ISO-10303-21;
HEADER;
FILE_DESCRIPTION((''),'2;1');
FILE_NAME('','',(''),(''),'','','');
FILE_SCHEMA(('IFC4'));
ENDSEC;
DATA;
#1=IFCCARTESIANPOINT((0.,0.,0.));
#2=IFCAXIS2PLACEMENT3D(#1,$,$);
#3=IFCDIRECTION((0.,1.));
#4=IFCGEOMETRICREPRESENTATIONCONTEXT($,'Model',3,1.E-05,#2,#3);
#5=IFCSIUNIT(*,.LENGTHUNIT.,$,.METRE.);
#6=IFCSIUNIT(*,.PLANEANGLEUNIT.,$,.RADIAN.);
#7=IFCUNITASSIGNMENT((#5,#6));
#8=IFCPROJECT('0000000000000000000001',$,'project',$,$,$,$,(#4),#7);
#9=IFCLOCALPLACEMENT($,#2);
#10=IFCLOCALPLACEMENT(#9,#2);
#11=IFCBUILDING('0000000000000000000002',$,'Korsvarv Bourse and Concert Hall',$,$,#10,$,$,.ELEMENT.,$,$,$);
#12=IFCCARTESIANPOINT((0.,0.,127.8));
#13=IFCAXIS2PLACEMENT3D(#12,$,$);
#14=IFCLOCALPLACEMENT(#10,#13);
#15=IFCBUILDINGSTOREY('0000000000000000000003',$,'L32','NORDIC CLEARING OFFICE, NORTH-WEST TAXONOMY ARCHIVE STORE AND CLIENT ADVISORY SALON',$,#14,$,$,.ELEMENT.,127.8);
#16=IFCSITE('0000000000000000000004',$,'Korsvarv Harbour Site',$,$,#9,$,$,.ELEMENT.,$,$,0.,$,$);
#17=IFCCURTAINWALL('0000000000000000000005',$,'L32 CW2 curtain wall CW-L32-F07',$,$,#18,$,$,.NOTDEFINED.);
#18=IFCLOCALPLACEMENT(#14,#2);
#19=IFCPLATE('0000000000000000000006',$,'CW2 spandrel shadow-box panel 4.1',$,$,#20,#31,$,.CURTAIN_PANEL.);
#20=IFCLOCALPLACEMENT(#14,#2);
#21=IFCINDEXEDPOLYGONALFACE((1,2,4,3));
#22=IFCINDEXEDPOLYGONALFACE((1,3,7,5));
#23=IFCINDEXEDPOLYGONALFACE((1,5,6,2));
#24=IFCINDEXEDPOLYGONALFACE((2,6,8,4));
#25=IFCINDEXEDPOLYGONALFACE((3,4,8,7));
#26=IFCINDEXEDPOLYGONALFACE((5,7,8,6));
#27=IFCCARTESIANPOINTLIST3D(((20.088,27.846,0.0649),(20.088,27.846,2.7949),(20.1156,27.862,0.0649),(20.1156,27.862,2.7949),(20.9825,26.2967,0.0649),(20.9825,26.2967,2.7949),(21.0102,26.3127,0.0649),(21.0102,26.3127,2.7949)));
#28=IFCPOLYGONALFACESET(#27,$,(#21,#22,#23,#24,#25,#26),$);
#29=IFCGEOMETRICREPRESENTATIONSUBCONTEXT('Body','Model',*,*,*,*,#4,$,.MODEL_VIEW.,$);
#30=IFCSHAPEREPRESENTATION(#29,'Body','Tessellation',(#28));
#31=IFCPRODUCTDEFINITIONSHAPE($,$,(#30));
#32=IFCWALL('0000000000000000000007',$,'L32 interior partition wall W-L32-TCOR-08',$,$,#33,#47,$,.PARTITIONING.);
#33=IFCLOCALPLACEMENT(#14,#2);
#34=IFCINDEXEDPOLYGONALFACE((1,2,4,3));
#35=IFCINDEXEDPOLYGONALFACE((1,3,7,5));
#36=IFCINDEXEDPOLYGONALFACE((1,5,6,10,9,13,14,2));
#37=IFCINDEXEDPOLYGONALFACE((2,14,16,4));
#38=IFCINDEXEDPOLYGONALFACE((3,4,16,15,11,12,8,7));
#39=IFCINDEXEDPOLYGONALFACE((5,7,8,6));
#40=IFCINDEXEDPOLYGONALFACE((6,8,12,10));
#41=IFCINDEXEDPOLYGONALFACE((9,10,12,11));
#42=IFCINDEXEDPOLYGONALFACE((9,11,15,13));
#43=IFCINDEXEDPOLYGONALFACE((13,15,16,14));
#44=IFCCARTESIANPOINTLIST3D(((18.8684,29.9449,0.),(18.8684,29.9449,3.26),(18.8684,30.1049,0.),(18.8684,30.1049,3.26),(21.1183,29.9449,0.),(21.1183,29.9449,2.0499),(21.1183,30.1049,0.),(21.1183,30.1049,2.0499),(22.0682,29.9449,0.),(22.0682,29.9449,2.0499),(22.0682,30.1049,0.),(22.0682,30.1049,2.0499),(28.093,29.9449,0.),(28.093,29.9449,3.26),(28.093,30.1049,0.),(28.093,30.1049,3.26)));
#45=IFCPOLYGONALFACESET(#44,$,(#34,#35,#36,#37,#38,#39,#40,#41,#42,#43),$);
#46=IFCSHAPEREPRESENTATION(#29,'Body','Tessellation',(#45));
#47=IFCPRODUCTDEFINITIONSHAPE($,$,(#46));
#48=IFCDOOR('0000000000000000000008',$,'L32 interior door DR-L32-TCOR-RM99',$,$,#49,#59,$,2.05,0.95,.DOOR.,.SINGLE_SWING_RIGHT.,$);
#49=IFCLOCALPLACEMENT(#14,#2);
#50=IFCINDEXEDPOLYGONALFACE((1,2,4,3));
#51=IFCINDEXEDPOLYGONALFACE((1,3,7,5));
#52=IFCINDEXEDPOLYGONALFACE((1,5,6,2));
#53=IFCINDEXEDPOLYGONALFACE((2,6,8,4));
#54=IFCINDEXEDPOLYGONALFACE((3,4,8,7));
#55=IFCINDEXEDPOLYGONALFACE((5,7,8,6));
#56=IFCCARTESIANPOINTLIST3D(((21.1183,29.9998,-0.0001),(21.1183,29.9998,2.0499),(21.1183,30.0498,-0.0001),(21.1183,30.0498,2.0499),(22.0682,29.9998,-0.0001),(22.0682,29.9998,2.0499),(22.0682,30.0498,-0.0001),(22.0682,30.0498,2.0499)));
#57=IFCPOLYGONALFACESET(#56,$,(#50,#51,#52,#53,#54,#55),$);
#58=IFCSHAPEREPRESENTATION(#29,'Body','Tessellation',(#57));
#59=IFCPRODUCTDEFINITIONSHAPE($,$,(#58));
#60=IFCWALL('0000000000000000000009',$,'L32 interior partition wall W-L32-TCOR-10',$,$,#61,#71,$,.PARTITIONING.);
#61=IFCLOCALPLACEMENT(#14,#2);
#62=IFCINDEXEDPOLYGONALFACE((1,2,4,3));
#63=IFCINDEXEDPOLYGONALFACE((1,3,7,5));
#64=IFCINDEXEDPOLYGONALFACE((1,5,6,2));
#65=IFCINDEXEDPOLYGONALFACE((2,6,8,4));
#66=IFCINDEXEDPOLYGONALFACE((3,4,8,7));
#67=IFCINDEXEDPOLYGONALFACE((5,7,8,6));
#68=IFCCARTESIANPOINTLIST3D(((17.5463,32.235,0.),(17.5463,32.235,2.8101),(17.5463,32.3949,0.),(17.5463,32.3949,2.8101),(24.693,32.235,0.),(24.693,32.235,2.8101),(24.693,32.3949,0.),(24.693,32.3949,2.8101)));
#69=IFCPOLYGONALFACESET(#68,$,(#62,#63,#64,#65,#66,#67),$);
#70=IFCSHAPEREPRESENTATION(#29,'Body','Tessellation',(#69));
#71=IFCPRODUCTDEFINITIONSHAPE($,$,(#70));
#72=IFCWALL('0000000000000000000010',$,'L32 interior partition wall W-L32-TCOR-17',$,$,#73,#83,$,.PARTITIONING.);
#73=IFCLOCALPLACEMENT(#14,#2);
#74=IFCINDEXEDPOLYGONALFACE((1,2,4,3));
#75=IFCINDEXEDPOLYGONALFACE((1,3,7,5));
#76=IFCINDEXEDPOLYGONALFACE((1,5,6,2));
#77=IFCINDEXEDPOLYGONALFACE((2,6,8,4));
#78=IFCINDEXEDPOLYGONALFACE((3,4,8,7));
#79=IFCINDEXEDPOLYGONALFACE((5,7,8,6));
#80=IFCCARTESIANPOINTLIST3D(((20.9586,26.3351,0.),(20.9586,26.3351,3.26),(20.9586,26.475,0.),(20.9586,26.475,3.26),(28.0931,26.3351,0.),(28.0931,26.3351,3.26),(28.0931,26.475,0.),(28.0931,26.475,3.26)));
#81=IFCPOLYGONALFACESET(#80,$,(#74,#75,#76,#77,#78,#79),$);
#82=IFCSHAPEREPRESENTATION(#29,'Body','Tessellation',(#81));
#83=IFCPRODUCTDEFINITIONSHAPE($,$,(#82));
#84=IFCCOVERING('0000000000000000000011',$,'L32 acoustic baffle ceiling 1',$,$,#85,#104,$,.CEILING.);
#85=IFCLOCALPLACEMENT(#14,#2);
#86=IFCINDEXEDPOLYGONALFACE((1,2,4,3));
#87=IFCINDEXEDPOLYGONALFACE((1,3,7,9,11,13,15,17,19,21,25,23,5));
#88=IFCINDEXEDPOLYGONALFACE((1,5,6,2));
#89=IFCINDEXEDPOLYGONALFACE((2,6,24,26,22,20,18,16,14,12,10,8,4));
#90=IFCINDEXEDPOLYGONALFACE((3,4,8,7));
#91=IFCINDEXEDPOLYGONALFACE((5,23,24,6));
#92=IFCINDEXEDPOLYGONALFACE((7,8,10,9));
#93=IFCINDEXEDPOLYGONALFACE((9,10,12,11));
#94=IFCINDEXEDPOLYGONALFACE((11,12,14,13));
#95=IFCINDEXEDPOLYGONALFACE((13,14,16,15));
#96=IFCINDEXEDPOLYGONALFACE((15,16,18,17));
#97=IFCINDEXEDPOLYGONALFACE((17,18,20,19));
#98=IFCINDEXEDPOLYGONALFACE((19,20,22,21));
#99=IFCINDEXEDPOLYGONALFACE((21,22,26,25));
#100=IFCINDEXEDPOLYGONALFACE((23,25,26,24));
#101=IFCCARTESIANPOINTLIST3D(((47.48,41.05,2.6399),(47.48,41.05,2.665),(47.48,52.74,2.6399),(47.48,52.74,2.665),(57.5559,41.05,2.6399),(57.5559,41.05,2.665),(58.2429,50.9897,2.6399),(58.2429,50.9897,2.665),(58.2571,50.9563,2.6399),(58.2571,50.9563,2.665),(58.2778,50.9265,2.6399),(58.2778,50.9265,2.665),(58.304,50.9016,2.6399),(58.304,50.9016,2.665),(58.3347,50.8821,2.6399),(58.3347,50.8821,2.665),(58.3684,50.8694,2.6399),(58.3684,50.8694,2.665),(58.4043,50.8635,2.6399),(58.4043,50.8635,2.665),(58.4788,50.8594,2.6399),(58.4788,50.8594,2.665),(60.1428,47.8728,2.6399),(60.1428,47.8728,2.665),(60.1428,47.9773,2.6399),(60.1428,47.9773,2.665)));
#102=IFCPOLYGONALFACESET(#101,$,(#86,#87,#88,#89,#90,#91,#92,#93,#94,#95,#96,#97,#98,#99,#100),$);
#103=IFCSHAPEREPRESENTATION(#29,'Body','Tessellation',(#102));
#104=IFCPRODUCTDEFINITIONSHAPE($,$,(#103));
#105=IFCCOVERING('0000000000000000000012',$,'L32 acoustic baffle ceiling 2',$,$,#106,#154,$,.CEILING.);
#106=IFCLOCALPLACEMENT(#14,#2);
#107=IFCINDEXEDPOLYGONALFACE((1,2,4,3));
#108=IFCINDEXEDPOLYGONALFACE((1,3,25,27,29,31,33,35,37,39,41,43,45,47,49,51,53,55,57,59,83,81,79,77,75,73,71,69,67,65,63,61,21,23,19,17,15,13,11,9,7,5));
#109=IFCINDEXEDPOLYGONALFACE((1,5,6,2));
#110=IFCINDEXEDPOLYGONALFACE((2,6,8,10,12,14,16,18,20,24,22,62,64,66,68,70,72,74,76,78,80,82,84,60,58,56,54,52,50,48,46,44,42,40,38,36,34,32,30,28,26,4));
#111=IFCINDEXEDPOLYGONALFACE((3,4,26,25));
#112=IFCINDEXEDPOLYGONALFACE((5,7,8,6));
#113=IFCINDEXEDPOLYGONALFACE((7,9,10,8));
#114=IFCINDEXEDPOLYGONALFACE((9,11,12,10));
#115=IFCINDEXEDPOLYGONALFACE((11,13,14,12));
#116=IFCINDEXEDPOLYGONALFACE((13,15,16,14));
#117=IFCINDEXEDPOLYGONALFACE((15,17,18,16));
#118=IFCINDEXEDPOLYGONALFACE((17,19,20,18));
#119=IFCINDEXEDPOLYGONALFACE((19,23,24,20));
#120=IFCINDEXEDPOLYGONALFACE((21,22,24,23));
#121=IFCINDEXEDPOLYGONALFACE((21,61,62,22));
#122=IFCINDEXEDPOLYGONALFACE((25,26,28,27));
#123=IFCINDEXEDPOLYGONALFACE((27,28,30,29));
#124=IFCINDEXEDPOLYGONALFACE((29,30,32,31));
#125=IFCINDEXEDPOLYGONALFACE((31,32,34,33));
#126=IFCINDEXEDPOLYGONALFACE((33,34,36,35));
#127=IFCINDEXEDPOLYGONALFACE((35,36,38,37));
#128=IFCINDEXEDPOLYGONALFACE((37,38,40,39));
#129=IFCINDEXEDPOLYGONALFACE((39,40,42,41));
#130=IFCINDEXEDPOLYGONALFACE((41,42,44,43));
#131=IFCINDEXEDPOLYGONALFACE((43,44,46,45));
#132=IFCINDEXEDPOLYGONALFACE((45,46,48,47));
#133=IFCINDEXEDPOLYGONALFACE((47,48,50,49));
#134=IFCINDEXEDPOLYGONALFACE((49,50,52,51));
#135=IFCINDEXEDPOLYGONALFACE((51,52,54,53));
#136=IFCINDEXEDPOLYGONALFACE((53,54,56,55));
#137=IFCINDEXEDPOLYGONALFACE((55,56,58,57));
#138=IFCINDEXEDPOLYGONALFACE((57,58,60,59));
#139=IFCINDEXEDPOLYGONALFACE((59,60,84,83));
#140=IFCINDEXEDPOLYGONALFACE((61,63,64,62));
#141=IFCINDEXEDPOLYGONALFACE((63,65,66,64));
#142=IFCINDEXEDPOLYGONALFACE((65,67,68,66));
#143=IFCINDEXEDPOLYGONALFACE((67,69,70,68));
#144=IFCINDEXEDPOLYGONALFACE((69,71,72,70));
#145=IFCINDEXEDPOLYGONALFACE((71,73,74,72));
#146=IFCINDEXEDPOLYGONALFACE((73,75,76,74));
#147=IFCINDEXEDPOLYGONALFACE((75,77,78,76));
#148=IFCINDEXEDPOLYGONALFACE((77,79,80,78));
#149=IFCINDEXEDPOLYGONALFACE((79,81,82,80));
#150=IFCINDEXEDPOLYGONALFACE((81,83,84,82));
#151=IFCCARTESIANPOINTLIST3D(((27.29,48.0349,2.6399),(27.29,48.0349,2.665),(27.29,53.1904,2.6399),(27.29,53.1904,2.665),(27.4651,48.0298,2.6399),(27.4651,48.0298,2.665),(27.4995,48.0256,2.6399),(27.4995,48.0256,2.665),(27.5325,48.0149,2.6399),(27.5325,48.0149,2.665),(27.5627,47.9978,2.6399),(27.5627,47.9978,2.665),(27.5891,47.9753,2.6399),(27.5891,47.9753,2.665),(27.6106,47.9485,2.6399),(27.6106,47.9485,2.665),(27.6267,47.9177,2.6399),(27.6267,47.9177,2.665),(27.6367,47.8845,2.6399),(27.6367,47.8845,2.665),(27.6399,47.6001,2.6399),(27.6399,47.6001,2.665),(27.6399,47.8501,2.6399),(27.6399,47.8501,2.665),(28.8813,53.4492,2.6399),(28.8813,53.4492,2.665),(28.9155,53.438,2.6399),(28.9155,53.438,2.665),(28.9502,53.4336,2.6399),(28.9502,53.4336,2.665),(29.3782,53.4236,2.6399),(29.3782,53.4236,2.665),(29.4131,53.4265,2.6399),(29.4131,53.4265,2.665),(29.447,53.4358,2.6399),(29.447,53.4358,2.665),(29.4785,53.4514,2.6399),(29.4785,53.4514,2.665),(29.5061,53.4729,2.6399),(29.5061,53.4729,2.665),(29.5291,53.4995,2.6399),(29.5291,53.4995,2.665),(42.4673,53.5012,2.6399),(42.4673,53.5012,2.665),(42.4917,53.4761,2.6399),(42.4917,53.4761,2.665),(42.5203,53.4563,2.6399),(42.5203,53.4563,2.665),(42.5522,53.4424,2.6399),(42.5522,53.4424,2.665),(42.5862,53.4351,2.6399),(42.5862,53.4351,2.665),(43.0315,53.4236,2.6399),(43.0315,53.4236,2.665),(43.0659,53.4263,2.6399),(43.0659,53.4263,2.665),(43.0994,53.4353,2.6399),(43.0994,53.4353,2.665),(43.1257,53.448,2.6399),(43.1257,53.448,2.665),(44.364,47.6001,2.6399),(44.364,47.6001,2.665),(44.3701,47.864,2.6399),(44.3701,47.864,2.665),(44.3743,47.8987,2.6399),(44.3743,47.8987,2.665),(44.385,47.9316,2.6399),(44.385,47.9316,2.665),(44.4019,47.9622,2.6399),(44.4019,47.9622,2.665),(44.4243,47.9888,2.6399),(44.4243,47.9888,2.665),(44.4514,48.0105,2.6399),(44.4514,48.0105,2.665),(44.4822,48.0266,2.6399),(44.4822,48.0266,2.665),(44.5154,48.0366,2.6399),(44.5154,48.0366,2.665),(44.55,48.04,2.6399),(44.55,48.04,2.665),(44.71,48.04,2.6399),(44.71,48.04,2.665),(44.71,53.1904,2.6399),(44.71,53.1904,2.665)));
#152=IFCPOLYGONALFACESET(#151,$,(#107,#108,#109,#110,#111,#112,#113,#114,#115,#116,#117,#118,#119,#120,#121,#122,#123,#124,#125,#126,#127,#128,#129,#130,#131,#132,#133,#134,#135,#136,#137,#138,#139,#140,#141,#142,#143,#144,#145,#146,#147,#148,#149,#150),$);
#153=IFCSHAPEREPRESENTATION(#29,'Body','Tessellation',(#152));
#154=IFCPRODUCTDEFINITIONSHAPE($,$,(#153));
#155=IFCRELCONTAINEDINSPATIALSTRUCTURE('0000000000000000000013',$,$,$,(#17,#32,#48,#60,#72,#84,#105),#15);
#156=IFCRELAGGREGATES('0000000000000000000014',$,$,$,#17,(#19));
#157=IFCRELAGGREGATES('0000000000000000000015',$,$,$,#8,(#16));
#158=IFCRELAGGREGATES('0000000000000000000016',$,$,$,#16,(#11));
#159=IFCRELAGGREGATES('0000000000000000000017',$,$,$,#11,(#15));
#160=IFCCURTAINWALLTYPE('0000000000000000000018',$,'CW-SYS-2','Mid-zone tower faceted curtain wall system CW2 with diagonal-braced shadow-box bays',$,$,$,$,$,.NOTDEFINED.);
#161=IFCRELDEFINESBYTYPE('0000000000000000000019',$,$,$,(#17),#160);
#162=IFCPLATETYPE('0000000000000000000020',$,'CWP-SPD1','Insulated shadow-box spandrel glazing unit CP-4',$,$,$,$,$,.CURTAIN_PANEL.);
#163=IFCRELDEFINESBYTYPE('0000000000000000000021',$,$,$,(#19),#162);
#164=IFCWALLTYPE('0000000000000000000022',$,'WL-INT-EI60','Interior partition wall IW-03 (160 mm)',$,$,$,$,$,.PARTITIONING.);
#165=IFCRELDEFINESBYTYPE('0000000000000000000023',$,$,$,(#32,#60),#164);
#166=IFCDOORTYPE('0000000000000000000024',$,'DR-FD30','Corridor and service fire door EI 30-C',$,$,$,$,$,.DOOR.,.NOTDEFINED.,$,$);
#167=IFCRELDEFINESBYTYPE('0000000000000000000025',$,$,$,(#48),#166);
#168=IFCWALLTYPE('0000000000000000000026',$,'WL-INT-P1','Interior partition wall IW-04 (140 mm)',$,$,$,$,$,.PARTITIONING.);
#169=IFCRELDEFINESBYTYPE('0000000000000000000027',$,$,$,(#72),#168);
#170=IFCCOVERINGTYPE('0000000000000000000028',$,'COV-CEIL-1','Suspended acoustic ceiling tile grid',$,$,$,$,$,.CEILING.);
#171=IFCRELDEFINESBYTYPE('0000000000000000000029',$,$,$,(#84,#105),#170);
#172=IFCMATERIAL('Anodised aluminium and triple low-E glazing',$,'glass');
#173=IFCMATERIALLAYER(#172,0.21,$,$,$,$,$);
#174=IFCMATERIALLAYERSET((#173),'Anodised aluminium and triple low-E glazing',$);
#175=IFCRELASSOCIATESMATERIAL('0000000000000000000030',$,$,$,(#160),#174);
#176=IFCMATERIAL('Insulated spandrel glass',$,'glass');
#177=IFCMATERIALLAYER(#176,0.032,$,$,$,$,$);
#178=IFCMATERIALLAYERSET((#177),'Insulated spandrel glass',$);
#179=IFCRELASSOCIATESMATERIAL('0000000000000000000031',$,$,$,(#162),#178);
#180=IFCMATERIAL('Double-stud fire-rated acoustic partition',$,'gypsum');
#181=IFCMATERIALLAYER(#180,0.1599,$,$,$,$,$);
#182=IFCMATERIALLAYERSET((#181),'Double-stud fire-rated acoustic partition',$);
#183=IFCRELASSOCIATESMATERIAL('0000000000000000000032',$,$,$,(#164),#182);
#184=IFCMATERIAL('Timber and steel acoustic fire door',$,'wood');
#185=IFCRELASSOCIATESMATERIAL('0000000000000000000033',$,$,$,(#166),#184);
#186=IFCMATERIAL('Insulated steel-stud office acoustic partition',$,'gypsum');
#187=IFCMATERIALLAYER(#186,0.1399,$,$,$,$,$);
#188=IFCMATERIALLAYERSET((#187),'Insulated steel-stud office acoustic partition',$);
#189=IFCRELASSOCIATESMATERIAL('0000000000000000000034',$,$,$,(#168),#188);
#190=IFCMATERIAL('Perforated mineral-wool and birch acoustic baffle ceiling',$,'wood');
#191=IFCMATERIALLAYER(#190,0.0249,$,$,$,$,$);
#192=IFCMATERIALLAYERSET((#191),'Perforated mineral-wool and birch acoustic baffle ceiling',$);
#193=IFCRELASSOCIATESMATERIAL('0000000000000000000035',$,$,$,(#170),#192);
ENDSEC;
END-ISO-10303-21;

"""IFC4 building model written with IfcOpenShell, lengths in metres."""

from ifc_helpers import new_model, si_unit, direction, frame, frame_2d, origin, origin_2d, place, context, subcontext, project, spatial, polyline, rectangle, outline, extrude, source, transform, mapped, material, layer, layer_set, type_object, element, fill, aggregate, save


model = new_model("IFC4")

# Units and contexts
model_context = context("Model", 3, precision=1e-05, world=origin(), true_north=direction((0.0, 1.0)))
body_context = subcontext(model_context, "Body", "Model", "MODEL_VIEW")
ifc_project = project(units=[si_unit("LENGTHUNIT", "METRE"), si_unit("PLANEANGLEUNIT", "RADIAN")], contexts=[model_context])

# Site, building, storey
site_placement = place(None, origin())
site = spatial("IfcSite", under=ifc_project, at=site_placement, Name="Korsvarv Harbour Site", CompositionType="ELEMENT", RefElevation=0.0)
building_placement = place(site_placement, origin())
building = spatial("IfcBuilding", under=site, at=building_placement, Name="Korsvarv Bourse and Concert Hall", CompositionType="ELEMENT")
storey_placement = place(building_placement, frame((0.0, 0.0, 127.8)))
storey = spatial("IfcBuildingStorey", under=building, at=storey_placement, Name="L32", Description="NORDIC CLEARING OFFICE, NORTH-WEST TAXONOMY ARCHIVE STORE AND CLIENT ADVISORY SALON", CompositionType="ELEMENT", Elevation=127.8)

# Curtain wall
ifc_material_1 = material(Name="Anodised aluminium and triple low-E glazing", Category="glass")
ifc_layer_1 = layer(ifc_material_1, 0.21)
ifc_layer_set_1 = layer_set([ifc_layer_1], Name="Anodised aluminium and triple low-E glazing")
curtain_wall_type = type_object("IfcCurtainWallType", Name="CW-SYS-2", Description="Mid-zone tower faceted curtain wall system CW2 with diagonal-braced shadow-box bays", PredefinedType="NOTDEFINED", material=ifc_layer_set_1)
curtain_wall_placement = place(storey_placement, origin())
curtain_wall = element("IfcCurtainWall", 1, at=curtain_wall_placement, inside=storey, type_object=curtain_wall_type, Name="L32 CW2 curtain wall CW-L32-F07", PredefinedType="NOTDEFINED")

# Plate
ifc_material_2 = material(Name="Insulated spandrel glass", Category="glass")
ifc_layer_2 = layer(ifc_material_2, 0.032)
ifc_layer_set_2 = layer_set([ifc_layer_2], Name="Insulated spandrel glass")
plate_type_1 = type_object("IfcPlateType", Name="CWP-SPD1", Description="Insulated shadow-box spandrel glazing unit CP-4", PredefinedType="CURTAIN_PANEL", material=ifc_layer_set_2)
shared_shape_1 = source(origin(), body_context, "Body", "SweptSolid", [
    extrude(rectangle(XDim=1.7891, YDim=0.032, at=origin_2d()), origin(), (0.0, 0.0, 1.0), 2.73),
])
plate_1_placement = place(storey_placement, frame((20.5491, 27.0793, 0.0649), z_axis=(0.0, 0.0, 1.0), x_axis=(0.500007, -0.866021, 0.0)))
plate_1 = element("IfcPlate", 2, at=plate_1_placement, type_object=plate_type_1, Name="CW2 spandrel shadow-box panel 4.1", PredefinedType="CURTAIN_PANEL", context=body_context, shape_type="MappedRepresentation", body=[
    mapped(shared_shape_1, transform((0.0, 0.0, 0.0), scale=1.0)),
])
aggregate(curtain_wall, [plate_1])

# Wall, opening, door
ifc_material_3 = material(Name="Double-stud fire-rated acoustic partition", Category="gypsum")
ifc_layer_3 = layer(ifc_material_3, 0.1599)
ifc_layer_set_3 = layer_set([ifc_layer_3], Name="Double-stud fire-rated acoustic partition")
wall_type_1 = type_object("IfcWallType", Name="WL-INT-EI60", Description="Interior partition wall IW-03 (160 mm)", PredefinedType="PARTITIONING", material=ifc_layer_set_3)
wall_1_placement = place(storey_placement, frame((18.8684, 30.0249, 0.0), z_axis=(0.0, 0.0, 1.0), x_axis=(1.0, 0.0, 0.0)))
wall_1 = element("IfcWall", 3, at=wall_1_placement, inside=storey, type_object=wall_type_1, Name="L32 interior partition wall W-L32-TCOR-08", PredefinedType="PARTITIONING", context=body_context, shape_type="SweptSolid", body=[
    extrude(rectangle(XDim=9.2246, YDim=0.1599, at=frame_2d((4.6123, 0.0))), origin(), (0.0, 0.0, 1.0), 3.26),
])
opening_placement = place(wall_1_placement, frame((2.2498, 0.0, 0.0)))
opening = element("IfcOpeningElement", 4, at=opening_placement, cuts=wall_1, PredefinedType="OPENING", context=body_context, shape_type="SweptSolid", body=[
    extrude(rectangle(XDim=0.95, YDim=2.05, at=frame_2d((0.4751, 1.0249))), frame((0.0, 0.0898, 0.0), z_axis=(0.0, -1.0, 0.0), x_axis=(1.0, 0.0, 0.0)), (0.0, 0.0, 1.0), 0.1799),
])
ifc_material_4 = material(Name="Timber and steel acoustic fire door", Category="wood")
door_type = type_object("IfcDoorType", Name="DR-FD30", Description="Corridor and service fire door EI 30-C", OperationType="NOTDEFINED", PredefinedType="DOOR", material=ifc_material_4)
door_placement = place(opening_placement, origin())
door = element("IfcDoor", 5, at=door_placement, inside=storey, type_object=door_type, Name="L32 interior door DR-L32-TCOR-RM99", OperationType="SINGLE_SWING_RIGHT", OverallHeight=2.05, OverallWidth=0.95, PredefinedType="DOOR", context=body_context, shape_type="SweptSolid", body=[
    extrude(rectangle(XDim=0.95, YDim=2.05, at=frame_2d((0.4751, 1.0249))), frame((0.0, 0.0249, 0.0), z_axis=(0.0, -1.0, 0.0), x_axis=(1.0, 0.0, 0.0)), (0.0, 0.0, 1.0), 0.05),
])
fill(opening, door)

# Walls
wall_2_placement = place(storey_placement, frame((17.5464, 32.3149, 0.0), z_axis=(0.0, 0.0, 1.0), x_axis=(1.0, 0.0, 0.0)))
element("IfcWall", 6, at=wall_2_placement, inside=storey, type_object=wall_type_1, Name="L32 interior partition wall W-L32-TCOR-10", PredefinedType="PARTITIONING", context=body_context, shape_type="SweptSolid", body=[
    extrude(rectangle(XDim=7.1467, YDim=0.1599, at=frame_2d((3.5732, 0.0))), origin(), (0.0, 0.0, 1.0), 2.8101),
])
ifc_material_5 = material(Name="Insulated steel-stud office acoustic partition", Category="gypsum")
ifc_layer_4 = layer(ifc_material_5, 0.1399)
ifc_layer_set_4 = layer_set([ifc_layer_4], Name="Insulated steel-stud office acoustic partition")
wall_type_2 = type_object("IfcWallType", Name="WL-INT-P1", Description="Interior partition wall IW-04 (140 mm)", PredefinedType="PARTITIONING", material=ifc_layer_set_4)
wall_3_placement = place(storey_placement, frame((20.9585, 26.405, 0.0), z_axis=(0.0, 0.0, 1.0), x_axis=(1.0, 0.0, 0.0)))
element("IfcWall", 7, at=wall_3_placement, inside=storey, type_object=wall_type_2, Name="L32 interior partition wall W-L32-TCOR-17", PredefinedType="PARTITIONING", context=body_context, shape_type="SweptSolid", body=[
    extrude(rectangle(XDim=7.1345, YDim=0.1399, at=frame_2d((3.5674, 0.0))), origin(), (0.0, 0.0, 1.0), 3.26),
])

# Coverings
ifc_material_6 = material(Name="Perforated mineral-wool and birch acoustic baffle ceiling", Category="wood")
ifc_layer_5 = layer(ifc_material_6, 0.0249)
ifc_layer_set_5 = layer_set([ifc_layer_5], Name="Perforated mineral-wool and birch acoustic baffle ceiling")
covering_type_1 = type_object("IfcCoveringType", Name="COV-CEIL-1", Description="Suspended acoustic ceiling tile grid", PredefinedType="CEILING", material=ifc_layer_set_5)
covering_1_placement = place(storey_placement, frame((0.0, 0.0, 2.6399)))
element("IfcCovering", 8, at=covering_1_placement, inside=storey, type_object=covering_type_1, Name="L32 acoustic baffle ceiling 1", PredefinedType="CEILING", context=body_context, shape_type="SweptSolid", body=[
    extrude(outline(polyline([(58.2429, 50.9897), (58.2571, 50.9563), (58.2778, 50.9265), (58.304, 50.9016), (58.3347, 50.8821), (58.3684, 50.8694), (58.4043, 50.8635), (58.4788, 50.8594), (60.1428, 47.9773), (60.1428, 47.8728), (57.5559, 41.05), (47.48, 41.05), (47.48, 52.74), (58.2429, 50.9897)])), origin(), (0.0, 0.0, 1.0), 0.0251),
])
covering_2_placement = place(storey_placement, frame((0.0, 0.0, 2.6399)))
element("IfcCovering", 9, at=covering_2_placement, inside=storey, type_object=covering_type_1, Name="L32 acoustic baffle ceiling 2", PredefinedType="CEILING", context=body_context, shape_type="SweptSolid", body=[
    extrude(outline(polyline([(28.8813, 53.4492), (28.9155, 53.438), (28.9502, 53.4336), (29.3782, 53.4236), (29.4131, 53.4265), (29.447, 53.4358), (29.4785, 53.4514), (29.5061, 53.4729), (29.5291, 53.4995), (42.4673, 53.5012), (42.4917, 53.4761), (42.5203, 53.4563), (42.5522, 53.4424), (42.5862, 53.4351), (43.0315, 53.4236), (43.0659, 53.4263), (43.0994, 53.4353), (43.1257, 53.448), (44.71, 53.1904), (44.71, 48.04), (44.55, 48.04), (44.5154, 48.0366), (44.4822, 48.0266), (44.4514, 48.0105), (44.4243, 47.9888), (44.4019, 47.9622), (44.385, 47.9316), (44.3743, 47.8987), (44.3701, 47.864), (44.364, 47.6001), (27.6399, 47.6001), (27.6399, 47.8501), (27.6367, 47.8845), (27.6267, 47.9177), (27.6106, 47.9485), (27.5891, 47.9753), (27.5627, 47.9978), (27.5325, 48.0149), (27.4995, 48.0256), (27.4651, 48.0298), (27.29, 48.0349), (27.29, 53.1904), (28.8813, 53.4492)])), origin(), (0.0, 0.0, 1.0), 0.0251),
])

save(model, "model.ifc")
